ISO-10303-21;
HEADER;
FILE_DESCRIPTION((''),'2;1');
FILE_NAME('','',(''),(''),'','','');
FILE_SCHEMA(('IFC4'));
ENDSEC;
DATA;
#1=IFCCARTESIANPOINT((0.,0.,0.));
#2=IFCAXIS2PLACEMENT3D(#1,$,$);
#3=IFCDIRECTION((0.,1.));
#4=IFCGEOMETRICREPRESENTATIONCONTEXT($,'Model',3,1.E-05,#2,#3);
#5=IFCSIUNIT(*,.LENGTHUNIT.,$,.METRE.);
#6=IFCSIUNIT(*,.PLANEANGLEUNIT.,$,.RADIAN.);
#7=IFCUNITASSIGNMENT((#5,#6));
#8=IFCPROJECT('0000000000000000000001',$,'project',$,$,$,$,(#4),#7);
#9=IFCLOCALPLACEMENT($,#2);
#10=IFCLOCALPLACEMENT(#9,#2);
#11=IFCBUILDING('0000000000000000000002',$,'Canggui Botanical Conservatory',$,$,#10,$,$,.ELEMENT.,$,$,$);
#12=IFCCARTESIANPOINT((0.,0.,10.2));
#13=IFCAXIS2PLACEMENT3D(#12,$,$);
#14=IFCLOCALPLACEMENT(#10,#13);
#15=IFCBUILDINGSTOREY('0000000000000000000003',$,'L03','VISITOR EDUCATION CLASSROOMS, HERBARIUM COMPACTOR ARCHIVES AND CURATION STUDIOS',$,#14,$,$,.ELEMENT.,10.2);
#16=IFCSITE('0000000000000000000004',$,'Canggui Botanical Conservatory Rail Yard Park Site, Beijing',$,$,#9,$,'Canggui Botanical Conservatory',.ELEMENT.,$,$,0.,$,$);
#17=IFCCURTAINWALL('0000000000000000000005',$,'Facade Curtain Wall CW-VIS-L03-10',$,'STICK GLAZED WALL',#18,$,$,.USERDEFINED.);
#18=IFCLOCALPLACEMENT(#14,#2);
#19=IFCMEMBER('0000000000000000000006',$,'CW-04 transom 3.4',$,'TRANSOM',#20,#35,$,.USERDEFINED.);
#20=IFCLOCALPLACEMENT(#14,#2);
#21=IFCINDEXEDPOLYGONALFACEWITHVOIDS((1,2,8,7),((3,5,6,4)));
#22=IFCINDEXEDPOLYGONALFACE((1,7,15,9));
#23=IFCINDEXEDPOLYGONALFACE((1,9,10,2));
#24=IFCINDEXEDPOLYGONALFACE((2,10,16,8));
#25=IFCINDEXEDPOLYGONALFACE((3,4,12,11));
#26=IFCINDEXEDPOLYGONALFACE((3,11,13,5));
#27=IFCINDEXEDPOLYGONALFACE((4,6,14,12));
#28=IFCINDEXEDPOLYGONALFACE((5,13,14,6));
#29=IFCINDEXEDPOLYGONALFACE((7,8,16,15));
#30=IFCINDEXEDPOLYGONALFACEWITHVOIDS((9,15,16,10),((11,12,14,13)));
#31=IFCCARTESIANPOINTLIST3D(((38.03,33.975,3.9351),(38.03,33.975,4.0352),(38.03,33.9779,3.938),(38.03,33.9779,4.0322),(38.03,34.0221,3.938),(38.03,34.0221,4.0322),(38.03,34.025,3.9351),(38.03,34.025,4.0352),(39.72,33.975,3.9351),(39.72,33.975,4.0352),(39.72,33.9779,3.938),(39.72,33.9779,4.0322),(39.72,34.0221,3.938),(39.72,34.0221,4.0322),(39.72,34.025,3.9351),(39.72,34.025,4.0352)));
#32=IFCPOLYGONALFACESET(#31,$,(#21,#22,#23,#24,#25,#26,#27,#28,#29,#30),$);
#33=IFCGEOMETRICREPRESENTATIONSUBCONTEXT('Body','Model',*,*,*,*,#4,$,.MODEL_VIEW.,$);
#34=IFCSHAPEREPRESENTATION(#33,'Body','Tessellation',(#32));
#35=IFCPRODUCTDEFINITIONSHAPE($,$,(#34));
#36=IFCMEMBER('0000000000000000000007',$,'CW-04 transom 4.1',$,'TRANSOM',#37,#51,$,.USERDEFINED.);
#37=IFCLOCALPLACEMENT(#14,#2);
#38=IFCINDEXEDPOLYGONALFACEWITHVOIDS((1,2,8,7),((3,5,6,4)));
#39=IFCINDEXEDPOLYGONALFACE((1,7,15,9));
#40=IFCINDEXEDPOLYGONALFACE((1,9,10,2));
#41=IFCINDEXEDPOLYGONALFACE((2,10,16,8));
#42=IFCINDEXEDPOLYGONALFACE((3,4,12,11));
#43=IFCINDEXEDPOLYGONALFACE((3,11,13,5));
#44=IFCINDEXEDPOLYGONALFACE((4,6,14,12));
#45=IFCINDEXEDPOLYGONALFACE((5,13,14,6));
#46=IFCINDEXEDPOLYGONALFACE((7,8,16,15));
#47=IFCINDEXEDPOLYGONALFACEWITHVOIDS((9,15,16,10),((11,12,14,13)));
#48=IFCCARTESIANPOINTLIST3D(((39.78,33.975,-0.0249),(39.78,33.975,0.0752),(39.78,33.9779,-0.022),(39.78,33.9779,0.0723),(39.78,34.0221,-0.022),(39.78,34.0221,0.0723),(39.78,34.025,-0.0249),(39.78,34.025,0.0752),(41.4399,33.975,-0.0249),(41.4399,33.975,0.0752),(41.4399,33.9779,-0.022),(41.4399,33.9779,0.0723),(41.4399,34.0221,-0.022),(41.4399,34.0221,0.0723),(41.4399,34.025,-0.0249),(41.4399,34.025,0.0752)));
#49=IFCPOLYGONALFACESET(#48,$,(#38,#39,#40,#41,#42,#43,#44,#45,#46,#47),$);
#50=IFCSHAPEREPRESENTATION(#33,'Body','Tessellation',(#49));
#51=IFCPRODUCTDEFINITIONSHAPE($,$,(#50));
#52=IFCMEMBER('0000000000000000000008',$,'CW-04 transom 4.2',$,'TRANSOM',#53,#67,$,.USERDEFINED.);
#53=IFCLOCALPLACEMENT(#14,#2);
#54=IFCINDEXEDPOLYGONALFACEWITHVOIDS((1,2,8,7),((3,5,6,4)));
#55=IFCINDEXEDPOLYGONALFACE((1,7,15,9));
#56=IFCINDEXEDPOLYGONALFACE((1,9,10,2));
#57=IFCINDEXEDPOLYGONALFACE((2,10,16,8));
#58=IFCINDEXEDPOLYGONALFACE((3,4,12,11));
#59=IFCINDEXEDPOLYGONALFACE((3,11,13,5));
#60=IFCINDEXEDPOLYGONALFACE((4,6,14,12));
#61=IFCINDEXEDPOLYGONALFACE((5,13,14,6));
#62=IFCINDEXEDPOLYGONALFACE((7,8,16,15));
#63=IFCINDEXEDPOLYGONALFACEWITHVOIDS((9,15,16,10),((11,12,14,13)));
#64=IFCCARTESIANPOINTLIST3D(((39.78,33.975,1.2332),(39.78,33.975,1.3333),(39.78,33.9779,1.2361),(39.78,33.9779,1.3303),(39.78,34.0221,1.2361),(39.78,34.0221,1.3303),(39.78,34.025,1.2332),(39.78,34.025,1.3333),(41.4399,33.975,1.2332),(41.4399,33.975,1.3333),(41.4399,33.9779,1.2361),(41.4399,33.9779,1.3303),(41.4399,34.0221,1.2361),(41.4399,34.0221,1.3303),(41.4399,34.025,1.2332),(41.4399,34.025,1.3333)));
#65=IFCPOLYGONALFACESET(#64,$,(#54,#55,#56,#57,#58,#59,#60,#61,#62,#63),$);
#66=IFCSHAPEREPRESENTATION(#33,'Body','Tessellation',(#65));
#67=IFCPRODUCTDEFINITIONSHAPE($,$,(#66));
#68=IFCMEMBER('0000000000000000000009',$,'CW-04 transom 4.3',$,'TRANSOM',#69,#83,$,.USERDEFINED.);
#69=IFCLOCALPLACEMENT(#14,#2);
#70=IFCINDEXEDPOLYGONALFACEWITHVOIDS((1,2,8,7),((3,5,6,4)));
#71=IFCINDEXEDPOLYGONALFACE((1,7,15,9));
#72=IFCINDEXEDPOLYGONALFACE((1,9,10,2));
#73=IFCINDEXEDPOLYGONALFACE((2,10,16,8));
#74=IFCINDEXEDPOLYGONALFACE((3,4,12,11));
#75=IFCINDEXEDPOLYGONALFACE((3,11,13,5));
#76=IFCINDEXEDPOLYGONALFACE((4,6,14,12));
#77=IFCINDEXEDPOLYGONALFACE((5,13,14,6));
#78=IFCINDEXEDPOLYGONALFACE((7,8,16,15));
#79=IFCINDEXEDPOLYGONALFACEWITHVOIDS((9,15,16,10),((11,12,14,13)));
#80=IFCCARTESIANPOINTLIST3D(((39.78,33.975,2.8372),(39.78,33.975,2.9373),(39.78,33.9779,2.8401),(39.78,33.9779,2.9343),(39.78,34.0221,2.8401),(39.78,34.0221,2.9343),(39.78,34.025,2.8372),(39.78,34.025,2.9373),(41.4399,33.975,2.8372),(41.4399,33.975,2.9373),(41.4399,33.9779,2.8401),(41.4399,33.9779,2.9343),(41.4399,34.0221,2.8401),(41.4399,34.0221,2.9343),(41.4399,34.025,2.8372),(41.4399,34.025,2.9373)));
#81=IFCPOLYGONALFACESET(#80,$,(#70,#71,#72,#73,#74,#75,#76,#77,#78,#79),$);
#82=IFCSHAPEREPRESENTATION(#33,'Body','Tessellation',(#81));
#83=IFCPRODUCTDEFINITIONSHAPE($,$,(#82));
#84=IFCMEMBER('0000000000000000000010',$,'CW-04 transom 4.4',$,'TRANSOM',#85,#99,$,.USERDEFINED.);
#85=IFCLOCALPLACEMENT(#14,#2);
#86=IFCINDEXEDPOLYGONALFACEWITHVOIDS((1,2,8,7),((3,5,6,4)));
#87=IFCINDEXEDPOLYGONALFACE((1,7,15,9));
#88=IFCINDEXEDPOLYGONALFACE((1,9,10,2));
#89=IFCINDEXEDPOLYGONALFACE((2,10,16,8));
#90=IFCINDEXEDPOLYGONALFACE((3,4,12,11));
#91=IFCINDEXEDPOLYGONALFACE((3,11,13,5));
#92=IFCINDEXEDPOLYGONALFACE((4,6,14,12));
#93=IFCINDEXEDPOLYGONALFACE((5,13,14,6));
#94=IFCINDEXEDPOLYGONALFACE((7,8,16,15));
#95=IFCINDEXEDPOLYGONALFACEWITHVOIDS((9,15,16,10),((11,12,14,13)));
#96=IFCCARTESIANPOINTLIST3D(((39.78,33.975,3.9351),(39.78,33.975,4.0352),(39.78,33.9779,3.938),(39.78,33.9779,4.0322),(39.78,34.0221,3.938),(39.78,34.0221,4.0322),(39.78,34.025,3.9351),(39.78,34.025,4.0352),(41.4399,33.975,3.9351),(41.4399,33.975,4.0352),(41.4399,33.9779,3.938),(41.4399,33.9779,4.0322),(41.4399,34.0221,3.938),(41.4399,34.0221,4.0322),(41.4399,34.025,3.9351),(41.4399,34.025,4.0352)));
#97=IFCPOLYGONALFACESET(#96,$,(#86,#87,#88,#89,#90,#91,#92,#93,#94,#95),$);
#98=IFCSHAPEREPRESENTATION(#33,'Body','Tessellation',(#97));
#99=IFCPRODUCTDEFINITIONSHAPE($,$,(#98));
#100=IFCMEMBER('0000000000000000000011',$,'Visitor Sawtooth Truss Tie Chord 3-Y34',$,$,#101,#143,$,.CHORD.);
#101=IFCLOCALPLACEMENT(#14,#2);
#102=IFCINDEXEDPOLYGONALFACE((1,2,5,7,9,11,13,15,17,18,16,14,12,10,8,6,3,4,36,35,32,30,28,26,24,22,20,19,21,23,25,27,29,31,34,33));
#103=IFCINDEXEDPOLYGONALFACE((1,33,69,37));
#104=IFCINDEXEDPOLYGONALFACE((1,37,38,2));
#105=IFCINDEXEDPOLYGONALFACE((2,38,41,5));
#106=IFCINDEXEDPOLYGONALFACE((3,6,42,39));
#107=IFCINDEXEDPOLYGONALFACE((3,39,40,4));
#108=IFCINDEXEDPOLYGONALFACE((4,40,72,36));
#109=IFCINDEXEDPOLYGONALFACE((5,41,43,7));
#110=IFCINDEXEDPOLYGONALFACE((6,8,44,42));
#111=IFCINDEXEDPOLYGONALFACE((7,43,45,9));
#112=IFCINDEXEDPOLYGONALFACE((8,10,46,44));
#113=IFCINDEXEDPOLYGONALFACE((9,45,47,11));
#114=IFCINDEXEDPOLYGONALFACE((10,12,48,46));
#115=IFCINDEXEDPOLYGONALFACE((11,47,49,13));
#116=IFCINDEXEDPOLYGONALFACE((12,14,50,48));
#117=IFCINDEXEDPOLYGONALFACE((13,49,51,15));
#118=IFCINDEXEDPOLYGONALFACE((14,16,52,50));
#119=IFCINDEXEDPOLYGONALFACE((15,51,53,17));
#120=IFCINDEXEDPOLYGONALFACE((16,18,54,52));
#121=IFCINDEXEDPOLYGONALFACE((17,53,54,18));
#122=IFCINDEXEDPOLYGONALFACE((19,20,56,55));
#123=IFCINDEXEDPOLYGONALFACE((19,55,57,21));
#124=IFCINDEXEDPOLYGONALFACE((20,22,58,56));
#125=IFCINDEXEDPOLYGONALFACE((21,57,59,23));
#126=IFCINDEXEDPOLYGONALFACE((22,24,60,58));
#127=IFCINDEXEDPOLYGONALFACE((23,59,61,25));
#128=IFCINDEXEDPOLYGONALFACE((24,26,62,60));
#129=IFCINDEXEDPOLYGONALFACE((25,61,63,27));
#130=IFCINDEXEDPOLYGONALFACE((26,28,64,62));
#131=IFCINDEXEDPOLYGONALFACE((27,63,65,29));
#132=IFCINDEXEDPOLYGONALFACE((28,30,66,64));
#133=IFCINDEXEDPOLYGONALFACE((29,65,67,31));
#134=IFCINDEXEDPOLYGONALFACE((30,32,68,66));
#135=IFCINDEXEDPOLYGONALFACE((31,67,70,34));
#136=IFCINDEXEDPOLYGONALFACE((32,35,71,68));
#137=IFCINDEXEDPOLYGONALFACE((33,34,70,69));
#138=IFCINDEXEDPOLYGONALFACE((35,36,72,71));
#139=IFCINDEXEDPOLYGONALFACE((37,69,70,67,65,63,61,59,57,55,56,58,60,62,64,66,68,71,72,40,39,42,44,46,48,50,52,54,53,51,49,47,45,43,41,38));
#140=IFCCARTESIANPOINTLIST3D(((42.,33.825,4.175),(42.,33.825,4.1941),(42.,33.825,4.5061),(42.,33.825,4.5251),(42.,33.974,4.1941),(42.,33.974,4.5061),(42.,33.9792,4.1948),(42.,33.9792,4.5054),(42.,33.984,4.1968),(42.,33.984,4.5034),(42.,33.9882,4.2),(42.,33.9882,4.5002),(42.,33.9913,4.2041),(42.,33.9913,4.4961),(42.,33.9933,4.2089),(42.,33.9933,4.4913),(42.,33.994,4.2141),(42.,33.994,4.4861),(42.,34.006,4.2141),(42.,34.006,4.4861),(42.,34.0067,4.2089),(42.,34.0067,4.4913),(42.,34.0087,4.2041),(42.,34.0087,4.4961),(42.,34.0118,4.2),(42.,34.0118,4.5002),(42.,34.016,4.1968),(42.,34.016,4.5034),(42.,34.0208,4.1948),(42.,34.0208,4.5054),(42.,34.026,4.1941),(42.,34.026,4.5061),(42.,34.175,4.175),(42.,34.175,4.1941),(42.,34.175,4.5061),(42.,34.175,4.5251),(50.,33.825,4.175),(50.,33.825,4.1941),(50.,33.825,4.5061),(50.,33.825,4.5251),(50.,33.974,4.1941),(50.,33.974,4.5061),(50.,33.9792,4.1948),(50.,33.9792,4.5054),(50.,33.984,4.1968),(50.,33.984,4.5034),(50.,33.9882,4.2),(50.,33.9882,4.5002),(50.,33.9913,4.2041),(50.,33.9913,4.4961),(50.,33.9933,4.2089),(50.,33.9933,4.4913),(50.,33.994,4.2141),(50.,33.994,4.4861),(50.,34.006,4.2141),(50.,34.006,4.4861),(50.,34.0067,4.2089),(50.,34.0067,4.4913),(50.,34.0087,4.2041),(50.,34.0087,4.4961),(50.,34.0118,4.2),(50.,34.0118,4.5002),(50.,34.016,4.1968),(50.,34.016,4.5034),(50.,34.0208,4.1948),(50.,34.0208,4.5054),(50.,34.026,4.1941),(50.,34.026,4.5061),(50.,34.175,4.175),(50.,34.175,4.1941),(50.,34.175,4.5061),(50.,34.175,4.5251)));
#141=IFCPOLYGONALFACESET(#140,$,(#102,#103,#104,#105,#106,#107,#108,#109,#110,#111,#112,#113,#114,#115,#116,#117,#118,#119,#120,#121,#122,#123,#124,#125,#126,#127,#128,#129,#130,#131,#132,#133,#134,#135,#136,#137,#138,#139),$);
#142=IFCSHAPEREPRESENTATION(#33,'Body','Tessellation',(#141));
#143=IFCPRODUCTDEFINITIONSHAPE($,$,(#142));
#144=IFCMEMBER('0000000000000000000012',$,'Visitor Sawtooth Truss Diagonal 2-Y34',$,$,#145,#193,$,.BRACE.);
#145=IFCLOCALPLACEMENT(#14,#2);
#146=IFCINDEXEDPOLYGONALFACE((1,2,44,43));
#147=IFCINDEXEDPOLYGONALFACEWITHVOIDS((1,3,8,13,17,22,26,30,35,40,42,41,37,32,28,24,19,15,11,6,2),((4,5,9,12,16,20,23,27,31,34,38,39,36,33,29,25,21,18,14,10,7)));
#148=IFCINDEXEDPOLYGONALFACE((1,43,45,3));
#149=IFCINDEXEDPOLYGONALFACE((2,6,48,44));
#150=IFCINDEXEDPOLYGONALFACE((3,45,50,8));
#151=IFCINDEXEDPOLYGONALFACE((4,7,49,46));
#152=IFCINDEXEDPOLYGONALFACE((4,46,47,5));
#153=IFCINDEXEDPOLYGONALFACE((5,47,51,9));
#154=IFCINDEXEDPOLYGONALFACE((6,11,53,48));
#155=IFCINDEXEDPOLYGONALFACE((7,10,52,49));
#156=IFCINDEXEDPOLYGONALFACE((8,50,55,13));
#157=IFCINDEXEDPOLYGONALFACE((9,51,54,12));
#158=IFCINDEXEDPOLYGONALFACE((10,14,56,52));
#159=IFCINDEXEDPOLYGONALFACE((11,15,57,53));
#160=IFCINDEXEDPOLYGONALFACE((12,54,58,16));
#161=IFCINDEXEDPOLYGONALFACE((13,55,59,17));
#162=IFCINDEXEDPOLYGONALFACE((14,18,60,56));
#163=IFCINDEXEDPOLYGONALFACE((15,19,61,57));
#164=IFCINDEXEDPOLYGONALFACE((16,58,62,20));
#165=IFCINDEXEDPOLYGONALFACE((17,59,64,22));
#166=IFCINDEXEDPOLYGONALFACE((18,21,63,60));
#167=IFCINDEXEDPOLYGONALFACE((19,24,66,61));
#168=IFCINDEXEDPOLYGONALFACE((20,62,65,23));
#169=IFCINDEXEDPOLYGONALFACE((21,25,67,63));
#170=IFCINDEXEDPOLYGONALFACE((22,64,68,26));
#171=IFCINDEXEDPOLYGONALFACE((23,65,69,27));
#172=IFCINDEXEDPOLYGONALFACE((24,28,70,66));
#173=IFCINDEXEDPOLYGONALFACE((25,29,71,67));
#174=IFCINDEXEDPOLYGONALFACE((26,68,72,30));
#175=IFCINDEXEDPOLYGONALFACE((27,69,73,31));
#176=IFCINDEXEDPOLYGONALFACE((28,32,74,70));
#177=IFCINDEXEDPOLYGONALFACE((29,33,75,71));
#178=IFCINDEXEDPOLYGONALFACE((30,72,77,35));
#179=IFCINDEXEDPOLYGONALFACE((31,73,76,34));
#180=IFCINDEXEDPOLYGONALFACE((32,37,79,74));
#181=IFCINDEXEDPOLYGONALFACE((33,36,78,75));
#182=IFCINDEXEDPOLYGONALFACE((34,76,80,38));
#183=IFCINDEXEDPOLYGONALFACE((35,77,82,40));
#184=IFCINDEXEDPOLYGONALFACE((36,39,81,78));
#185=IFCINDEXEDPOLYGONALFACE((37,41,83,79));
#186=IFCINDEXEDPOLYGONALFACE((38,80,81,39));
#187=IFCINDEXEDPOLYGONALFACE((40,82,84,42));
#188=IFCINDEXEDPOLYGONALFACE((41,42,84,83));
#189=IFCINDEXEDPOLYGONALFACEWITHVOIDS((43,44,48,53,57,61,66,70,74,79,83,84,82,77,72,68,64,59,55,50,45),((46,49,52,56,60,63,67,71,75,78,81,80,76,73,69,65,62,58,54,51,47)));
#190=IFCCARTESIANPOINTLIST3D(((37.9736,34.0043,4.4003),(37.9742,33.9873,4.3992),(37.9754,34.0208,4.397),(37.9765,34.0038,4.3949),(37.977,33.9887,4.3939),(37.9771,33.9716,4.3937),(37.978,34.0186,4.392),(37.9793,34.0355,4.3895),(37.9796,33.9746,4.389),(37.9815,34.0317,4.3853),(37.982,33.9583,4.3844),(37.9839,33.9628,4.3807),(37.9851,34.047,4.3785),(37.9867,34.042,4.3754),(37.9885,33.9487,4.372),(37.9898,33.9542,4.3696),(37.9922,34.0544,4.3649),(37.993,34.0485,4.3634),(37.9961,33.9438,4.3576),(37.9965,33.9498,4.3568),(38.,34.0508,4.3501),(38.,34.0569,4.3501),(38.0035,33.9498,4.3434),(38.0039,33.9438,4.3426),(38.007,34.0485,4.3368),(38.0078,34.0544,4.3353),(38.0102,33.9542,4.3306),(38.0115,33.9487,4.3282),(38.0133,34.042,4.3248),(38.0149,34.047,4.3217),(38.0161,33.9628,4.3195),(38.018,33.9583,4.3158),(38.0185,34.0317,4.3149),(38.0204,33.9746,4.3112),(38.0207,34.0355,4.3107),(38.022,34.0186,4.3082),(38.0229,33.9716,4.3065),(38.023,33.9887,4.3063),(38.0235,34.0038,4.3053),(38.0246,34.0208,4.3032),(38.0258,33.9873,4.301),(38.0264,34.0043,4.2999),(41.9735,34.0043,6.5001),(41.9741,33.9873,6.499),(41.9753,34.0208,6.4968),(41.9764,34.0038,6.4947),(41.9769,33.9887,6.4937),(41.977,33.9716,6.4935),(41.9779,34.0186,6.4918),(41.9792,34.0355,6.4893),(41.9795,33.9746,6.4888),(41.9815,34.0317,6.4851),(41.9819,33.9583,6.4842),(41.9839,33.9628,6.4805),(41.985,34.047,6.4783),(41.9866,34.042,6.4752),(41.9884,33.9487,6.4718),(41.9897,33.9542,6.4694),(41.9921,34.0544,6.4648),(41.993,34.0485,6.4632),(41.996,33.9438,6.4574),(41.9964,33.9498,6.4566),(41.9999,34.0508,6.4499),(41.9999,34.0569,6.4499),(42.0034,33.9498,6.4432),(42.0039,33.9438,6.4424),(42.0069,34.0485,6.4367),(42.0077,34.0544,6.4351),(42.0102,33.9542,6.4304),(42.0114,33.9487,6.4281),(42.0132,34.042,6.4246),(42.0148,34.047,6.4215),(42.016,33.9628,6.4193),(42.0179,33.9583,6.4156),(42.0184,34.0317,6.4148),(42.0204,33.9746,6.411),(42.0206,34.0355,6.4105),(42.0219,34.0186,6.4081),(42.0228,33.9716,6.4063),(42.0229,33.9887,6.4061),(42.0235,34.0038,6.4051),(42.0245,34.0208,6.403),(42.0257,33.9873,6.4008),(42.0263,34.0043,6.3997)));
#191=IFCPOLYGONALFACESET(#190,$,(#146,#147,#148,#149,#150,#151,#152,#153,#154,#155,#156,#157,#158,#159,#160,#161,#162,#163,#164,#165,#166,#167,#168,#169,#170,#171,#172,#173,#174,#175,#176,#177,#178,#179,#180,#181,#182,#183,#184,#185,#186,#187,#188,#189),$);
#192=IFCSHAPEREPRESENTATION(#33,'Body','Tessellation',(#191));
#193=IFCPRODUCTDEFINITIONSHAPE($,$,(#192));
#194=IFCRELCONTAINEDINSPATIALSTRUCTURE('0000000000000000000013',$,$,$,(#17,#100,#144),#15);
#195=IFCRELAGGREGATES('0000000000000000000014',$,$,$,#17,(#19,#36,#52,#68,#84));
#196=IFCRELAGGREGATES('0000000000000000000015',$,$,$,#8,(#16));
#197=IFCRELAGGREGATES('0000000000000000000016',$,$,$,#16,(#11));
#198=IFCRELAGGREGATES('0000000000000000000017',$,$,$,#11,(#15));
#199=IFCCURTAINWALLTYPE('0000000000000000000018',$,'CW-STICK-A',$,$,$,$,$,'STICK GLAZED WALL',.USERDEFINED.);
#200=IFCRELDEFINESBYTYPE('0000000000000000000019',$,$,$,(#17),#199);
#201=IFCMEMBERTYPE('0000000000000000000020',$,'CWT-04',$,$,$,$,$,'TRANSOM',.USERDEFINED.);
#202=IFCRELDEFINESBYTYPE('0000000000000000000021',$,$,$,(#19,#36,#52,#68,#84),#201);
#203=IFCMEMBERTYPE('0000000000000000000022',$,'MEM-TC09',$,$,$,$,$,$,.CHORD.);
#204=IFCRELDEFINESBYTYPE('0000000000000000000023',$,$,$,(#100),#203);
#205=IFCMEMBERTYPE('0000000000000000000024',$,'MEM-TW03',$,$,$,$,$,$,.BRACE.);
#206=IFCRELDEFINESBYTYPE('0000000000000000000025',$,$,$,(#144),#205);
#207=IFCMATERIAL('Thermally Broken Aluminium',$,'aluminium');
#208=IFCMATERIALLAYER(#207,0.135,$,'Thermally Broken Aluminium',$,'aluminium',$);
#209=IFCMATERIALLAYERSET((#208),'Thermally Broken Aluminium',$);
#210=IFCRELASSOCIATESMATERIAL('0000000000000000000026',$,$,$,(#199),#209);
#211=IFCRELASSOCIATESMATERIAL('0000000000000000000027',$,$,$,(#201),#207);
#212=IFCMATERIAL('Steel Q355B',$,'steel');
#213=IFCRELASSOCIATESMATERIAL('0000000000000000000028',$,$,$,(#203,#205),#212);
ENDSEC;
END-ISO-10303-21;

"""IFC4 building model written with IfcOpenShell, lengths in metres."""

from ifc_helpers import new_model, si_unit, direction, frame, origin, origin_2d, place, context, subcontext, project, spatial, hollow_rectangle, hollow_circle, i_section, extrude, material, layer, layer_set, material_profile, profile_set, type_object, element, aggregate, save


model = new_model("IFC4")

# Units and contexts
model_context = context("Model", 3, precision=1e-05, world=origin(), true_north=direction((0.0, 1.0)))
body_context = subcontext(model_context, "Body", "Model", "MODEL_VIEW")
ifc_project = project(units=[si_unit("LENGTHUNIT", "METRE"), si_unit("PLANEANGLEUNIT", "RADIAN")], contexts=[model_context])

# Site, building, storey
site_placement = place(None, origin())
site = spatial("IfcSite", under=ifc_project, at=site_placement, Name="Canggui Botanical Conservatory Rail Yard Park Site, Beijing", LongName="Canggui Botanical Conservatory", CompositionType="ELEMENT", RefElevation=0.0)
building_placement = place(site_placement, origin())
building = spatial("IfcBuilding", under=site, at=building_placement, Name="Canggui Botanical Conservatory", CompositionType="ELEMENT")
storey_placement = place(building_placement, frame((0.0, 0.0, 10.2)))
storey = spatial("IfcBuildingStorey", under=building, at=storey_placement, Name="L03", Description="VISITOR EDUCATION CLASSROOMS, HERBARIUM COMPACTOR ARCHIVES AND CURATION STUDIOS", CompositionType="ELEMENT", Elevation=10.2)

# Shared definitions
ifc_material_1 = material(Name="Steel Q355B", Category="steel")

# Curtain wall, members
ifc_material_2 = material(Name="Thermally Broken Aluminium", Category="aluminium")
ifc_layer_1 = layer(ifc_material_2, 0.135, Name="Thermally Broken Aluminium", Category="aluminium")
ifc_layer_set_1 = layer_set([ifc_layer_1], Name="Thermally Broken Aluminium")
curtain_wall_type = type_object("IfcCurtainWallType", Name="CW-STICK-A", ElementType="STICK GLAZED WALL", PredefinedType="USERDEFINED", material=ifc_layer_set_1)
curtain_wall_placement = place(storey_placement, origin())
curtain_wall = element("IfcCurtainWall", 1, at=curtain_wall_placement, inside=storey, type_object=curtain_wall_type, Name="Facade Curtain Wall CW-VIS-L03-10", ObjectType="STICK GLAZED WALL", PredefinedType="USERDEFINED")
ifc_material_profile_1 = material_profile(ifc_material_2, hollow_rectangle(XDim=0.05, YDim=0.1001, WallThickness=0.0029, at=origin_2d()), Name="CWT 50x100x3")
ifc_profile_set_1 = profile_set([ifc_material_profile_1], Name="Thermally Broken Aluminium")
member_type_1 = type_object("IfcMemberType", Name="CWT-04", ElementType="TRANSOM", PredefinedType="USERDEFINED", material=ifc_profile_set_1)
member_1_placement = place(storey_placement, frame((38.03, 34.0, 3.9851), z_axis=(1.0, 0.0, 0.0), x_axis=(0.0, 1.0, 0.0)))
member_1 = element("IfcMember", 2, at=member_1_placement, type_object=member_type_1, Name="CW-04 transom 3.4", ObjectType="TRANSOM", PredefinedType="USERDEFINED", context=body_context, shape_type="SweptSolid", body=[
    extrude(hollow_rectangle(XDim=0.05, YDim=0.1001, WallThickness=0.0029, at=origin_2d()), origin(), (0.0, 0.0, 1.0), 1.6899),
])
member_2_placement = place(storey_placement, frame((39.78, 34.0, 0.0251), z_axis=(1.0, 0.0, 0.0), x_axis=(0.0, 1.0, 0.0)))
member_2 = element("IfcMember", 3, at=member_2_placement, type_object=member_type_1, Name="CW-04 transom 4.1", ObjectType="TRANSOM", PredefinedType="USERDEFINED", context=body_context, shape_type="SweptSolid", body=[
    extrude(hollow_rectangle(XDim=0.05, YDim=0.1001, WallThickness=0.0029, at=origin_2d()), origin(), (0.0, 0.0, 1.0), 1.6599),
])
member_3_placement = place(storey_placement, frame((39.78, 34.0, 1.2832), z_axis=(1.0, 0.0, 0.0), x_axis=(0.0, 1.0, 0.0)))
member_3 = element("IfcMember", 4, at=member_3_placement, type_object=member_type_1, Name="CW-04 transom 4.2", ObjectType="TRANSOM", PredefinedType="USERDEFINED", context=body_context, shape_type="SweptSolid", body=[
    extrude(hollow_rectangle(XDim=0.05, YDim=0.1001, WallThickness=0.0029, at=origin_2d()), origin(), (0.0, 0.0, 1.0), 1.6599),
])
member_4_placement = place(storey_placement, frame((39.78, 34.0, 2.8872), z_axis=(1.0, 0.0, 0.0), x_axis=(0.0, 1.0, 0.0)))
member_4 = element("IfcMember", 5, at=member_4_placement, type_object=member_type_1, Name="CW-04 transom 4.3", ObjectType="TRANSOM", PredefinedType="USERDEFINED", context=body_context, shape_type="SweptSolid", body=[
    extrude(hollow_rectangle(XDim=0.05, YDim=0.1001, WallThickness=0.0029, at=origin_2d()), origin(), (0.0, 0.0, 1.0), 1.6599),
])
member_5_placement = place(storey_placement, frame((39.78, 34.0, 3.9851), z_axis=(1.0, 0.0, 0.0), x_axis=(0.0, 1.0, 0.0)))
member_5 = element("IfcMember", 6, at=member_5_placement, type_object=member_type_1, Name="CW-04 transom 4.4", ObjectType="TRANSOM", PredefinedType="USERDEFINED", context=body_context, shape_type="SweptSolid", body=[
    extrude(hollow_rectangle(XDim=0.05, YDim=0.1001, WallThickness=0.0029, at=origin_2d()), origin(), (0.0, 0.0, 1.0), 1.6599),
])

# Members
ifc_material_profile_2 = material_profile(ifc_material_1, i_section(OverallWidth=0.3501, OverallDepth=0.3501, WebThickness=0.012, FlangeThickness=0.019, FilletRadius=0.02, at=origin_2d()), Name="HW 350x350x12x19")
ifc_profile_set_2 = profile_set([ifc_material_profile_2], Name="Steel Q355B")
member_type_2 = type_object("IfcMemberType", Name="MEM-TC09", PredefinedType="CHORD", material=ifc_profile_set_2)
member_6_placement = place(storey_placement, frame((42.0, 34.0, 4.3501), z_axis=(1.0, 0.0, 0.0), x_axis=(0.0, 1.0, 0.0)))
element("IfcMember", 7, at=member_6_placement, inside=storey, type_object=member_type_2, Name="Visitor Sawtooth Truss Tie Chord 3-Y34", PredefinedType="CHORD", context=body_context, shape_type="SweptSolid", body=[
    extrude(i_section(OverallWidth=0.3501, OverallDepth=0.3501, WebThickness=0.012, FlangeThickness=0.019, FilletRadius=0.02, at=origin_2d()), origin(), (0.0, 0.0, 1.0), 8.0),
])
ifc_material_profile_3 = material_profile(ifc_material_1, hollow_circle(Radius=0.0569, WallThickness=0.0061, at=origin_2d()), Name="CHS 114x6")
ifc_profile_set_3 = profile_set([ifc_material_profile_3], Name="Steel Q355B")
member_type_3 = type_object("IfcMemberType", Name="MEM-TW03", PredefinedType="BRACE", material=ifc_profile_set_3)
for number, where, z_axis, x_axis, name in (
    (8, (38.0, 34.0, 4.3501), (0.885411, 0.0, 0.464808), (0.0, 1.0, 0.0), "Visitor Sawtooth Truss Diagonal 2-Y34"),
):
    element("IfcMember", number, at=place(storey_placement, frame(where, z_axis=z_axis, x_axis=x_axis)), inside=storey, type_object=member_type_3, Name=name, PredefinedType="BRACE", context=body_context, shape_type="SweptSolid", body=[
        extrude(hollow_circle(Radius=0.0569, WallThickness=0.0061, at=origin_2d()), origin(), (0.0, 0.0, 1.0), 4.5176),
    ])

aggregate(curtain_wall, [member_1, member_2, member_3, member_4, member_5])

save(model, "model.ifc")
